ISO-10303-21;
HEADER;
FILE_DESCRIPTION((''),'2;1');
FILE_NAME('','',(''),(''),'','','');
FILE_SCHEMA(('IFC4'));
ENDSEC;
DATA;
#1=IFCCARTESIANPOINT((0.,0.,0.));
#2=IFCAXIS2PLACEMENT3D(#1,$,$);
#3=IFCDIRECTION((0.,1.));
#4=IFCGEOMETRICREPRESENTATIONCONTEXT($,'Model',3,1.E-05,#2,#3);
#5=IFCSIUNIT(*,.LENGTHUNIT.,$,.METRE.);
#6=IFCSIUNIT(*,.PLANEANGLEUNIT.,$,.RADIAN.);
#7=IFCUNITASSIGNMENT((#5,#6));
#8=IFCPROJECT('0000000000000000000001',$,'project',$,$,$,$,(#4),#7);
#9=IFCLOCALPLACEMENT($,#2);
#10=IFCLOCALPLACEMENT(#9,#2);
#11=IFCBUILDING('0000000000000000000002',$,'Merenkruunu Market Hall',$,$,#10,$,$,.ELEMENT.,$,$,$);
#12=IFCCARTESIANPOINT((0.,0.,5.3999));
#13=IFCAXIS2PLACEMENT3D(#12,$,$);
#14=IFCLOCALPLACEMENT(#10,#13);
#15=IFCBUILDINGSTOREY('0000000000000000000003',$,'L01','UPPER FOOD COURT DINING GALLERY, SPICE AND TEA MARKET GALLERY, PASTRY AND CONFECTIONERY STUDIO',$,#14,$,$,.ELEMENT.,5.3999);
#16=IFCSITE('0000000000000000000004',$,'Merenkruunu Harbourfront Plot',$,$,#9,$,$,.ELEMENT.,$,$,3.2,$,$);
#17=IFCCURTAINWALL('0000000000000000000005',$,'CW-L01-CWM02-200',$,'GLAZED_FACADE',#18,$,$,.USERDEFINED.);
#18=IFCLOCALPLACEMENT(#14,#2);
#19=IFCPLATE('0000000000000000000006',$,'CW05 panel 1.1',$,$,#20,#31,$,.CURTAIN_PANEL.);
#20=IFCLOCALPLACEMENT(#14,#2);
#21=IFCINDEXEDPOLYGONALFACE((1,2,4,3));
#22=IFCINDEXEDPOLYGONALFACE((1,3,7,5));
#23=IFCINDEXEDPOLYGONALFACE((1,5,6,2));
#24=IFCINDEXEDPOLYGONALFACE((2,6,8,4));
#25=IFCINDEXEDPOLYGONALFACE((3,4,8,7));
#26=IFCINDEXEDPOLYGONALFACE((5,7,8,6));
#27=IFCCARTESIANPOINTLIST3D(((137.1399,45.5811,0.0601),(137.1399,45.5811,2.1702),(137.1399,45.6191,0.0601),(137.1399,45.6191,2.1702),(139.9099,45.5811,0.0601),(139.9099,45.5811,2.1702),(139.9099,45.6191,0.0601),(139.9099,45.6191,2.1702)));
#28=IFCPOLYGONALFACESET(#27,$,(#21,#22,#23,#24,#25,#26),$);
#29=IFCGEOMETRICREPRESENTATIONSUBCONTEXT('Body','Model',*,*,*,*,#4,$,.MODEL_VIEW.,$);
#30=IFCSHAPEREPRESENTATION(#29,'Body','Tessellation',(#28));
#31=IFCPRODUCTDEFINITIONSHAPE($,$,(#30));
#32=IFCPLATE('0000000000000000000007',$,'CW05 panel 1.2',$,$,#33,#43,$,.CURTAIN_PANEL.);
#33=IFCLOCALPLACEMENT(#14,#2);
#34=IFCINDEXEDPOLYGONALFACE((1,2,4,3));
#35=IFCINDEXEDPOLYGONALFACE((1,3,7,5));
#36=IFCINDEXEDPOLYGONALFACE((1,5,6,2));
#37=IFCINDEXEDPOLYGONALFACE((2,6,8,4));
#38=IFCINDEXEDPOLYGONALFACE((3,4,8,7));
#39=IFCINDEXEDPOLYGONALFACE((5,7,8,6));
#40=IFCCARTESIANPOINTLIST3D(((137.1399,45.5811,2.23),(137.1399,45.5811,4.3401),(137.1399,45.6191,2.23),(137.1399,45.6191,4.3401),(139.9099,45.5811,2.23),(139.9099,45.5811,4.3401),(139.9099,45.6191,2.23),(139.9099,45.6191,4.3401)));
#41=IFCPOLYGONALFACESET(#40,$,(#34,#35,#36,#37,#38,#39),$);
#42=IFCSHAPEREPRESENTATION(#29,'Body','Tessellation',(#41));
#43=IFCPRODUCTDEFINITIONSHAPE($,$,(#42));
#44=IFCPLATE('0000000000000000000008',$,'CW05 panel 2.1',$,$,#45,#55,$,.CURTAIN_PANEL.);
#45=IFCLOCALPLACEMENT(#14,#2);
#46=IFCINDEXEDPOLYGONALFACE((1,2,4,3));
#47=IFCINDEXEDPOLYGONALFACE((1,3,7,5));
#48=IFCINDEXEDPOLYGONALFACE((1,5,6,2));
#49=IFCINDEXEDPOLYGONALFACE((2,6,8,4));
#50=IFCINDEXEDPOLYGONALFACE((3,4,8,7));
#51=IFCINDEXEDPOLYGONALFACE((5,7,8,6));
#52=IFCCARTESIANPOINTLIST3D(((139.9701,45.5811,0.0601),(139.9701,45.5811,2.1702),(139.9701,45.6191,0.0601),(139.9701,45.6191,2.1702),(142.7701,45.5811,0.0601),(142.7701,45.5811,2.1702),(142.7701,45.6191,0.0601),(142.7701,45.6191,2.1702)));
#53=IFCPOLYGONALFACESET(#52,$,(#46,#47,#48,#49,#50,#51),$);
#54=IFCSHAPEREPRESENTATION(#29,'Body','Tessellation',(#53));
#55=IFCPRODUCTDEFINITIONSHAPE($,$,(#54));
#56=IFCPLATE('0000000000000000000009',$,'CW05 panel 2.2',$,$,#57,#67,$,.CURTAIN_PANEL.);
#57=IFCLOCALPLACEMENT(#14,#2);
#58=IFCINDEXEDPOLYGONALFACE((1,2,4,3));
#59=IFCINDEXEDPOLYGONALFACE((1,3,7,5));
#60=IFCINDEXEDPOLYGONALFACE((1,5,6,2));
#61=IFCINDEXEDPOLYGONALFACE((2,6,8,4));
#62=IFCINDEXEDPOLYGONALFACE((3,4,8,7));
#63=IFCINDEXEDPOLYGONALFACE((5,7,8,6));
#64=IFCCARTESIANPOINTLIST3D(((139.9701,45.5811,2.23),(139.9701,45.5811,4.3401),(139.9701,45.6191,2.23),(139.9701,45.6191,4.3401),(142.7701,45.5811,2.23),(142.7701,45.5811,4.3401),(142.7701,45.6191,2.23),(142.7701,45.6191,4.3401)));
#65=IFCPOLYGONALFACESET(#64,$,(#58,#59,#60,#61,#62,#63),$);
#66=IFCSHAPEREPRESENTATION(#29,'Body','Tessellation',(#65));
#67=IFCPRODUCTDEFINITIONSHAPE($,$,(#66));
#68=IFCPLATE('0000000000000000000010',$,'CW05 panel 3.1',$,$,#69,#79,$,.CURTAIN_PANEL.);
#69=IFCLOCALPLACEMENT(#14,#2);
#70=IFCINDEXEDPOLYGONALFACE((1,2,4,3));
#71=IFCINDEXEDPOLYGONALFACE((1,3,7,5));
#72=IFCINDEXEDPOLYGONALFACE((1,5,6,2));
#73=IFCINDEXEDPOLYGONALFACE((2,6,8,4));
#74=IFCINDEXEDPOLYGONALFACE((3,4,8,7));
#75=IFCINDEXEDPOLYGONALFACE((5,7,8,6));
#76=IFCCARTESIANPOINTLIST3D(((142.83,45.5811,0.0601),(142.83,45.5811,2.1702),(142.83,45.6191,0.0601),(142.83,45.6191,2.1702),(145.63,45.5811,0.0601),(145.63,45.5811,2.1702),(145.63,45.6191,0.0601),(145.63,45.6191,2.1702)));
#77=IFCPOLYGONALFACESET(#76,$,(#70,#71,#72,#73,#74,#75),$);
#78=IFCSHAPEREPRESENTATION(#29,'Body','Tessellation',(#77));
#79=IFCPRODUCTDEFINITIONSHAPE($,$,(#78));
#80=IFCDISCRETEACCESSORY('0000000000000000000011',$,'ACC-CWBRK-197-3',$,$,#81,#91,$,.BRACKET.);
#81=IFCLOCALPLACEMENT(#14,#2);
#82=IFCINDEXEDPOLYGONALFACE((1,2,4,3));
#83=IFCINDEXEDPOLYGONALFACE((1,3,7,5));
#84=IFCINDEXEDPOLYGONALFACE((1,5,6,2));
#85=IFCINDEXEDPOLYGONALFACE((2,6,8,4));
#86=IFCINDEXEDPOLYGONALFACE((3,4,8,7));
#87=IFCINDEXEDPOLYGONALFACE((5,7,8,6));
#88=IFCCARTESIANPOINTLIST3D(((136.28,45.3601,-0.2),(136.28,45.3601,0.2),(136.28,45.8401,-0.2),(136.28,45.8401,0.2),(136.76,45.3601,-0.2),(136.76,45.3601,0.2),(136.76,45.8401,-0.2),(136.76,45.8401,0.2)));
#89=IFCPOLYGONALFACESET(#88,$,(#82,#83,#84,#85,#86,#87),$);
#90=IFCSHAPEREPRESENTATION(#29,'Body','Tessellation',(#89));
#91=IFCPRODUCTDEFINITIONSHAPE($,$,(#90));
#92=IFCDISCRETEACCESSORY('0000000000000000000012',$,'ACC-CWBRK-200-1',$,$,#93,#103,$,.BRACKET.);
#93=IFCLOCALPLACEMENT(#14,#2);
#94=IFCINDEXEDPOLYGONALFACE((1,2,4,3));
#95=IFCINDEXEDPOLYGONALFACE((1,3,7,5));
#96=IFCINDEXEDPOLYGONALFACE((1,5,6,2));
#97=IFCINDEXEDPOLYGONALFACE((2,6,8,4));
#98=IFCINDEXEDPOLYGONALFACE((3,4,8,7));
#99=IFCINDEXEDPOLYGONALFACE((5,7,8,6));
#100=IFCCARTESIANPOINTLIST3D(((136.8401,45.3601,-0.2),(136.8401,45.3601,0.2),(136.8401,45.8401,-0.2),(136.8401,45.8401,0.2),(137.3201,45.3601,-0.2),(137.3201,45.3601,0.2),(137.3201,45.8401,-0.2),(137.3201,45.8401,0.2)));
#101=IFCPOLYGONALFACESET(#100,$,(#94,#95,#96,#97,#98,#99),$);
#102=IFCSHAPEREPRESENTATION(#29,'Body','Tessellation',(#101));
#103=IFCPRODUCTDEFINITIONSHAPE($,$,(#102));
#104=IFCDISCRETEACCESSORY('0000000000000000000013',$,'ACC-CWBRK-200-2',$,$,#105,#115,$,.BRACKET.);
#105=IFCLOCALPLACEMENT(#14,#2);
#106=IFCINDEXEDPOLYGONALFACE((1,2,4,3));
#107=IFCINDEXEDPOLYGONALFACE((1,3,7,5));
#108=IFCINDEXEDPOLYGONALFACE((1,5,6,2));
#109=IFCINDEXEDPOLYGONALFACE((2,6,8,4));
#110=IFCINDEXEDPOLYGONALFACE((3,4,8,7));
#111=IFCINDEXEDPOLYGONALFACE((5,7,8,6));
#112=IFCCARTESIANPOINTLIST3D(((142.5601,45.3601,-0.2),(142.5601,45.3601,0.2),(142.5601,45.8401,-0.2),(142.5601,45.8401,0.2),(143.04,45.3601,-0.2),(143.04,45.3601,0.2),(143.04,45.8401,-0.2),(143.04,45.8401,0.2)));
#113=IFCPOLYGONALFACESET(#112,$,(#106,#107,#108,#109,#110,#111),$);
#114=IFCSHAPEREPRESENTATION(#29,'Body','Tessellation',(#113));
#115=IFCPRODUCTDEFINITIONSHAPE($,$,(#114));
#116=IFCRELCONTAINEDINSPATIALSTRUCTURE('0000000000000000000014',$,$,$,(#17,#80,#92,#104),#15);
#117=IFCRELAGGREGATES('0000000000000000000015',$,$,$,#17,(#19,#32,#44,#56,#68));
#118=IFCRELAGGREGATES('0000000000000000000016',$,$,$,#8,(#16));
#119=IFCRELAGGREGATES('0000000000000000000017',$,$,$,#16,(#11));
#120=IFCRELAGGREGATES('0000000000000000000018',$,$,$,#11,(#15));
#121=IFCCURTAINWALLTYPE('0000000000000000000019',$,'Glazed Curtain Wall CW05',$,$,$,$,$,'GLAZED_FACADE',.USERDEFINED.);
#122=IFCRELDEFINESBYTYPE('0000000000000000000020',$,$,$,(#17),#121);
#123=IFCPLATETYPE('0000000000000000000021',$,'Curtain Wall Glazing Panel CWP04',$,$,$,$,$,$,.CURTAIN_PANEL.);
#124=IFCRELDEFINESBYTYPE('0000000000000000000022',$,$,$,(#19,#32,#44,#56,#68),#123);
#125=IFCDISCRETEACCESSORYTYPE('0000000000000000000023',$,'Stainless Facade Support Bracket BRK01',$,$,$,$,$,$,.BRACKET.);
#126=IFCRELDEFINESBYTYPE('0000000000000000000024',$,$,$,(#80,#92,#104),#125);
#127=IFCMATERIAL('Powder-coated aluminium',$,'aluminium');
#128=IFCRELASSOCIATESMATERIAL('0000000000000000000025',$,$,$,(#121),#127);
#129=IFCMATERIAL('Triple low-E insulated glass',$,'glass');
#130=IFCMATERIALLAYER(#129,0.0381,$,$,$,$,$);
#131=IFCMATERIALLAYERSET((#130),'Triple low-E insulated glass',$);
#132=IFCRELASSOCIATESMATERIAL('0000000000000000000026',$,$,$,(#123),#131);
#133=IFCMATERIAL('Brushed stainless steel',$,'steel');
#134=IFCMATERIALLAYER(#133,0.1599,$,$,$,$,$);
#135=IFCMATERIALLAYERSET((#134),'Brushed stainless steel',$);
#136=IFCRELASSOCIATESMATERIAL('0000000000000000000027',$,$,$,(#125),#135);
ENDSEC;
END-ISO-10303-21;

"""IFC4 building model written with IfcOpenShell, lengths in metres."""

from ifc_helpers import new_model, si_unit, direction, frame, origin, origin_2d, place, context, subcontext, project, spatial, rectangle, extrude, material, layer, layer_set, type_object, element, aggregate, save


model = new_model("IFC4")

# Units and contexts
model_context = context("Model", 3, precision=1e-05, world=origin(), true_north=direction((0.0, 1.0)))
body_context = subcontext(model_context, "Body", "Model", "MODEL_VIEW")
ifc_project = project(units=[si_unit("LENGTHUNIT", "METRE"), si_unit("PLANEANGLEUNIT", "RADIAN")], contexts=[model_context])

# Site, building, storey
site_placement = place(None, origin())
site = spatial("IfcSite", under=ifc_project, at=site_placement, Name="Merenkruunu Harbourfront Plot", CompositionType="ELEMENT", RefElevation=3.2)
building_placement = place(site_placement, origin())
building = spatial("IfcBuilding", under=site, at=building_placement, Name="Merenkruunu Market Hall", CompositionType="ELEMENT")
storey_placement = place(building_placement, frame((0.0, 0.0, 5.3999)))
storey = spatial("IfcBuildingStorey", under=building, at=storey_placement, Name="L01", Description="UPPER FOOD COURT DINING GALLERY, SPICE AND TEA MARKET GALLERY, PASTRY AND CONFECTIONERY STUDIO", CompositionType="ELEMENT", Elevation=5.3999)

# Curtain wall
ifc_material_1 = material(Name="Powder-coated aluminium", Category="aluminium")
curtain_wall_type = type_object("IfcCurtainWallType", Name="Glazed Curtain Wall CW05", ElementType="GLAZED_FACADE", PredefinedType="USERDEFINED", material=ifc_material_1)
curtain_wall_1_placement = place(storey_placement, origin())
curtain_wall_1 = element("IfcCurtainWall", 1, at=curtain_wall_1_placement, inside=storey, type_object=curtain_wall_type, Name="CW-L01-CWM02-200", ObjectType="GLAZED_FACADE", PredefinedType="USERDEFINED")

# Plates
ifc_material_2 = material(Name="Triple low-E insulated glass", Category="glass")
ifc_layer_1 = layer(ifc_material_2, 0.0381)
ifc_layer_set_1 = layer_set([ifc_layer_1], Name="Triple low-E insulated glass")
plate_type = type_object("IfcPlateType", Name="Curtain Wall Glazing Panel CWP04", PredefinedType="CURTAIN_PANEL", material=ifc_layer_set_1)
plate_1_placement = place(storey_placement, frame((138.5249, 45.6001, 0.0601), z_axis=(0.0, 0.0, 1.0), x_axis=(1.0, 0.0, 0.0)))
plate_1 = element("IfcPlate", 2, at=plate_1_placement, type_object=plate_type, Name="CW05 panel 1.1", PredefinedType="CURTAIN_PANEL", context=body_context, shape_type="SweptSolid", body=[
    extrude(rectangle(XDim=2.77, YDim=0.0381, at=origin_2d()), origin(), (0.0, 0.0, 1.0), 2.1101),
])
plate_2_placement = place(storey_placement, frame((138.5249, 45.6001, 2.23), z_axis=(0.0, 0.0, 1.0), x_axis=(1.0, 0.0, 0.0)))
plate_2 = element("IfcPlate", 3, at=plate_2_placement, type_object=plate_type, Name="CW05 panel 1.2", PredefinedType="CURTAIN_PANEL", context=body_context, shape_type="SweptSolid", body=[
    extrude(rectangle(XDim=2.77, YDim=0.0381, at=origin_2d()), origin(), (0.0, 0.0, 1.0), 2.1101),
])
plate_3_placement = place(storey_placement, frame((141.3701, 45.6001, 0.0601), z_axis=(0.0, 0.0, 1.0), x_axis=(1.0, 0.0, 0.0)))
plate_3 = element("IfcPlate", 4, at=plate_3_placement, type_object=plate_type, Name="CW05 panel 2.1", PredefinedType="CURTAIN_PANEL", context=body_context, shape_type="SweptSolid", body=[
    extrude(rectangle(XDim=2.8, YDim=0.0381, at=origin_2d()), origin(), (0.0, 0.0, 1.0), 2.1101),
])
plate_4_placement = place(storey_placement, frame((141.3701, 45.6001, 2.23), z_axis=(0.0, 0.0, 1.0), x_axis=(1.0, 0.0, 0.0)))
plate_4 = element("IfcPlate", 5, at=plate_4_placement, type_object=plate_type, Name="CW05 panel 2.2", PredefinedType="CURTAIN_PANEL", context=body_context, shape_type="SweptSolid", body=[
    extrude(rectangle(XDim=2.8, YDim=0.0381, at=origin_2d()), origin(), (0.0, 0.0, 1.0), 2.1101),
])
plate_5_placement = place(storey_placement, frame((144.23, 45.6001, 0.0601), z_axis=(0.0, 0.0, 1.0), x_axis=(1.0, 0.0, 0.0)))
plate_5 = element("IfcPlate", 6, at=plate_5_placement, type_object=plate_type, Name="CW05 panel 3.1", PredefinedType="CURTAIN_PANEL", context=body_context, shape_type="SweptSolid", body=[
    extrude(rectangle(XDim=2.8, YDim=0.0381, at=origin_2d()), origin(), (0.0, 0.0, 1.0), 2.1101),
])
aggregate(curtain_wall_1, [plate_1, plate_2, plate_3, plate_4, plate_5])

# Discrete accessories
ifc_material_3 = material(Name="Brushed stainless steel", Category="steel")
ifc_layer_2 = layer(ifc_material_3, 0.1599)
ifc_layer_set_2 = layer_set([ifc_layer_2], Name="Brushed stainless steel")
discrete_accessory_type = type_object("IfcDiscreteAccessoryType", Name="Stainless Facade Support Bracket BRK01", PredefinedType="BRACKET", material=ifc_layer_set_2)
for number, where, z_axis, x_axis, name in (
    (7, (136.52, 45.6001, -0.2), (0.0, 0.0, 1.0), (1.0, 0.0, 0.0), "ACC-CWBRK-197-3"),
    (8, (137.0801, 45.6001, -0.2), (0.0, 0.0, 1.0), (1.0, 0.0, 0.0), "ACC-CWBRK-200-1"),
    (9, (142.8, 45.6001, -0.2), (0.0, 0.0, 1.0), (1.0, 0.0, 0.0), "ACC-CWBRK-200-2"),
):
    element("IfcDiscreteAccessory", number, at=place(storey_placement, frame(where, z_axis=z_axis, x_axis=x_axis)), inside=storey, type_object=discrete_accessory_type, Name=name, PredefinedType="BRACKET", context=body_context, shape_type="SweptSolid", body=[
        extrude(rectangle(XDim=0.48, YDim=0.48, at=origin_2d()), origin(), (0.0, 0.0, 1.0), 0.3999),
    ])

save(model, "model.ifc")
